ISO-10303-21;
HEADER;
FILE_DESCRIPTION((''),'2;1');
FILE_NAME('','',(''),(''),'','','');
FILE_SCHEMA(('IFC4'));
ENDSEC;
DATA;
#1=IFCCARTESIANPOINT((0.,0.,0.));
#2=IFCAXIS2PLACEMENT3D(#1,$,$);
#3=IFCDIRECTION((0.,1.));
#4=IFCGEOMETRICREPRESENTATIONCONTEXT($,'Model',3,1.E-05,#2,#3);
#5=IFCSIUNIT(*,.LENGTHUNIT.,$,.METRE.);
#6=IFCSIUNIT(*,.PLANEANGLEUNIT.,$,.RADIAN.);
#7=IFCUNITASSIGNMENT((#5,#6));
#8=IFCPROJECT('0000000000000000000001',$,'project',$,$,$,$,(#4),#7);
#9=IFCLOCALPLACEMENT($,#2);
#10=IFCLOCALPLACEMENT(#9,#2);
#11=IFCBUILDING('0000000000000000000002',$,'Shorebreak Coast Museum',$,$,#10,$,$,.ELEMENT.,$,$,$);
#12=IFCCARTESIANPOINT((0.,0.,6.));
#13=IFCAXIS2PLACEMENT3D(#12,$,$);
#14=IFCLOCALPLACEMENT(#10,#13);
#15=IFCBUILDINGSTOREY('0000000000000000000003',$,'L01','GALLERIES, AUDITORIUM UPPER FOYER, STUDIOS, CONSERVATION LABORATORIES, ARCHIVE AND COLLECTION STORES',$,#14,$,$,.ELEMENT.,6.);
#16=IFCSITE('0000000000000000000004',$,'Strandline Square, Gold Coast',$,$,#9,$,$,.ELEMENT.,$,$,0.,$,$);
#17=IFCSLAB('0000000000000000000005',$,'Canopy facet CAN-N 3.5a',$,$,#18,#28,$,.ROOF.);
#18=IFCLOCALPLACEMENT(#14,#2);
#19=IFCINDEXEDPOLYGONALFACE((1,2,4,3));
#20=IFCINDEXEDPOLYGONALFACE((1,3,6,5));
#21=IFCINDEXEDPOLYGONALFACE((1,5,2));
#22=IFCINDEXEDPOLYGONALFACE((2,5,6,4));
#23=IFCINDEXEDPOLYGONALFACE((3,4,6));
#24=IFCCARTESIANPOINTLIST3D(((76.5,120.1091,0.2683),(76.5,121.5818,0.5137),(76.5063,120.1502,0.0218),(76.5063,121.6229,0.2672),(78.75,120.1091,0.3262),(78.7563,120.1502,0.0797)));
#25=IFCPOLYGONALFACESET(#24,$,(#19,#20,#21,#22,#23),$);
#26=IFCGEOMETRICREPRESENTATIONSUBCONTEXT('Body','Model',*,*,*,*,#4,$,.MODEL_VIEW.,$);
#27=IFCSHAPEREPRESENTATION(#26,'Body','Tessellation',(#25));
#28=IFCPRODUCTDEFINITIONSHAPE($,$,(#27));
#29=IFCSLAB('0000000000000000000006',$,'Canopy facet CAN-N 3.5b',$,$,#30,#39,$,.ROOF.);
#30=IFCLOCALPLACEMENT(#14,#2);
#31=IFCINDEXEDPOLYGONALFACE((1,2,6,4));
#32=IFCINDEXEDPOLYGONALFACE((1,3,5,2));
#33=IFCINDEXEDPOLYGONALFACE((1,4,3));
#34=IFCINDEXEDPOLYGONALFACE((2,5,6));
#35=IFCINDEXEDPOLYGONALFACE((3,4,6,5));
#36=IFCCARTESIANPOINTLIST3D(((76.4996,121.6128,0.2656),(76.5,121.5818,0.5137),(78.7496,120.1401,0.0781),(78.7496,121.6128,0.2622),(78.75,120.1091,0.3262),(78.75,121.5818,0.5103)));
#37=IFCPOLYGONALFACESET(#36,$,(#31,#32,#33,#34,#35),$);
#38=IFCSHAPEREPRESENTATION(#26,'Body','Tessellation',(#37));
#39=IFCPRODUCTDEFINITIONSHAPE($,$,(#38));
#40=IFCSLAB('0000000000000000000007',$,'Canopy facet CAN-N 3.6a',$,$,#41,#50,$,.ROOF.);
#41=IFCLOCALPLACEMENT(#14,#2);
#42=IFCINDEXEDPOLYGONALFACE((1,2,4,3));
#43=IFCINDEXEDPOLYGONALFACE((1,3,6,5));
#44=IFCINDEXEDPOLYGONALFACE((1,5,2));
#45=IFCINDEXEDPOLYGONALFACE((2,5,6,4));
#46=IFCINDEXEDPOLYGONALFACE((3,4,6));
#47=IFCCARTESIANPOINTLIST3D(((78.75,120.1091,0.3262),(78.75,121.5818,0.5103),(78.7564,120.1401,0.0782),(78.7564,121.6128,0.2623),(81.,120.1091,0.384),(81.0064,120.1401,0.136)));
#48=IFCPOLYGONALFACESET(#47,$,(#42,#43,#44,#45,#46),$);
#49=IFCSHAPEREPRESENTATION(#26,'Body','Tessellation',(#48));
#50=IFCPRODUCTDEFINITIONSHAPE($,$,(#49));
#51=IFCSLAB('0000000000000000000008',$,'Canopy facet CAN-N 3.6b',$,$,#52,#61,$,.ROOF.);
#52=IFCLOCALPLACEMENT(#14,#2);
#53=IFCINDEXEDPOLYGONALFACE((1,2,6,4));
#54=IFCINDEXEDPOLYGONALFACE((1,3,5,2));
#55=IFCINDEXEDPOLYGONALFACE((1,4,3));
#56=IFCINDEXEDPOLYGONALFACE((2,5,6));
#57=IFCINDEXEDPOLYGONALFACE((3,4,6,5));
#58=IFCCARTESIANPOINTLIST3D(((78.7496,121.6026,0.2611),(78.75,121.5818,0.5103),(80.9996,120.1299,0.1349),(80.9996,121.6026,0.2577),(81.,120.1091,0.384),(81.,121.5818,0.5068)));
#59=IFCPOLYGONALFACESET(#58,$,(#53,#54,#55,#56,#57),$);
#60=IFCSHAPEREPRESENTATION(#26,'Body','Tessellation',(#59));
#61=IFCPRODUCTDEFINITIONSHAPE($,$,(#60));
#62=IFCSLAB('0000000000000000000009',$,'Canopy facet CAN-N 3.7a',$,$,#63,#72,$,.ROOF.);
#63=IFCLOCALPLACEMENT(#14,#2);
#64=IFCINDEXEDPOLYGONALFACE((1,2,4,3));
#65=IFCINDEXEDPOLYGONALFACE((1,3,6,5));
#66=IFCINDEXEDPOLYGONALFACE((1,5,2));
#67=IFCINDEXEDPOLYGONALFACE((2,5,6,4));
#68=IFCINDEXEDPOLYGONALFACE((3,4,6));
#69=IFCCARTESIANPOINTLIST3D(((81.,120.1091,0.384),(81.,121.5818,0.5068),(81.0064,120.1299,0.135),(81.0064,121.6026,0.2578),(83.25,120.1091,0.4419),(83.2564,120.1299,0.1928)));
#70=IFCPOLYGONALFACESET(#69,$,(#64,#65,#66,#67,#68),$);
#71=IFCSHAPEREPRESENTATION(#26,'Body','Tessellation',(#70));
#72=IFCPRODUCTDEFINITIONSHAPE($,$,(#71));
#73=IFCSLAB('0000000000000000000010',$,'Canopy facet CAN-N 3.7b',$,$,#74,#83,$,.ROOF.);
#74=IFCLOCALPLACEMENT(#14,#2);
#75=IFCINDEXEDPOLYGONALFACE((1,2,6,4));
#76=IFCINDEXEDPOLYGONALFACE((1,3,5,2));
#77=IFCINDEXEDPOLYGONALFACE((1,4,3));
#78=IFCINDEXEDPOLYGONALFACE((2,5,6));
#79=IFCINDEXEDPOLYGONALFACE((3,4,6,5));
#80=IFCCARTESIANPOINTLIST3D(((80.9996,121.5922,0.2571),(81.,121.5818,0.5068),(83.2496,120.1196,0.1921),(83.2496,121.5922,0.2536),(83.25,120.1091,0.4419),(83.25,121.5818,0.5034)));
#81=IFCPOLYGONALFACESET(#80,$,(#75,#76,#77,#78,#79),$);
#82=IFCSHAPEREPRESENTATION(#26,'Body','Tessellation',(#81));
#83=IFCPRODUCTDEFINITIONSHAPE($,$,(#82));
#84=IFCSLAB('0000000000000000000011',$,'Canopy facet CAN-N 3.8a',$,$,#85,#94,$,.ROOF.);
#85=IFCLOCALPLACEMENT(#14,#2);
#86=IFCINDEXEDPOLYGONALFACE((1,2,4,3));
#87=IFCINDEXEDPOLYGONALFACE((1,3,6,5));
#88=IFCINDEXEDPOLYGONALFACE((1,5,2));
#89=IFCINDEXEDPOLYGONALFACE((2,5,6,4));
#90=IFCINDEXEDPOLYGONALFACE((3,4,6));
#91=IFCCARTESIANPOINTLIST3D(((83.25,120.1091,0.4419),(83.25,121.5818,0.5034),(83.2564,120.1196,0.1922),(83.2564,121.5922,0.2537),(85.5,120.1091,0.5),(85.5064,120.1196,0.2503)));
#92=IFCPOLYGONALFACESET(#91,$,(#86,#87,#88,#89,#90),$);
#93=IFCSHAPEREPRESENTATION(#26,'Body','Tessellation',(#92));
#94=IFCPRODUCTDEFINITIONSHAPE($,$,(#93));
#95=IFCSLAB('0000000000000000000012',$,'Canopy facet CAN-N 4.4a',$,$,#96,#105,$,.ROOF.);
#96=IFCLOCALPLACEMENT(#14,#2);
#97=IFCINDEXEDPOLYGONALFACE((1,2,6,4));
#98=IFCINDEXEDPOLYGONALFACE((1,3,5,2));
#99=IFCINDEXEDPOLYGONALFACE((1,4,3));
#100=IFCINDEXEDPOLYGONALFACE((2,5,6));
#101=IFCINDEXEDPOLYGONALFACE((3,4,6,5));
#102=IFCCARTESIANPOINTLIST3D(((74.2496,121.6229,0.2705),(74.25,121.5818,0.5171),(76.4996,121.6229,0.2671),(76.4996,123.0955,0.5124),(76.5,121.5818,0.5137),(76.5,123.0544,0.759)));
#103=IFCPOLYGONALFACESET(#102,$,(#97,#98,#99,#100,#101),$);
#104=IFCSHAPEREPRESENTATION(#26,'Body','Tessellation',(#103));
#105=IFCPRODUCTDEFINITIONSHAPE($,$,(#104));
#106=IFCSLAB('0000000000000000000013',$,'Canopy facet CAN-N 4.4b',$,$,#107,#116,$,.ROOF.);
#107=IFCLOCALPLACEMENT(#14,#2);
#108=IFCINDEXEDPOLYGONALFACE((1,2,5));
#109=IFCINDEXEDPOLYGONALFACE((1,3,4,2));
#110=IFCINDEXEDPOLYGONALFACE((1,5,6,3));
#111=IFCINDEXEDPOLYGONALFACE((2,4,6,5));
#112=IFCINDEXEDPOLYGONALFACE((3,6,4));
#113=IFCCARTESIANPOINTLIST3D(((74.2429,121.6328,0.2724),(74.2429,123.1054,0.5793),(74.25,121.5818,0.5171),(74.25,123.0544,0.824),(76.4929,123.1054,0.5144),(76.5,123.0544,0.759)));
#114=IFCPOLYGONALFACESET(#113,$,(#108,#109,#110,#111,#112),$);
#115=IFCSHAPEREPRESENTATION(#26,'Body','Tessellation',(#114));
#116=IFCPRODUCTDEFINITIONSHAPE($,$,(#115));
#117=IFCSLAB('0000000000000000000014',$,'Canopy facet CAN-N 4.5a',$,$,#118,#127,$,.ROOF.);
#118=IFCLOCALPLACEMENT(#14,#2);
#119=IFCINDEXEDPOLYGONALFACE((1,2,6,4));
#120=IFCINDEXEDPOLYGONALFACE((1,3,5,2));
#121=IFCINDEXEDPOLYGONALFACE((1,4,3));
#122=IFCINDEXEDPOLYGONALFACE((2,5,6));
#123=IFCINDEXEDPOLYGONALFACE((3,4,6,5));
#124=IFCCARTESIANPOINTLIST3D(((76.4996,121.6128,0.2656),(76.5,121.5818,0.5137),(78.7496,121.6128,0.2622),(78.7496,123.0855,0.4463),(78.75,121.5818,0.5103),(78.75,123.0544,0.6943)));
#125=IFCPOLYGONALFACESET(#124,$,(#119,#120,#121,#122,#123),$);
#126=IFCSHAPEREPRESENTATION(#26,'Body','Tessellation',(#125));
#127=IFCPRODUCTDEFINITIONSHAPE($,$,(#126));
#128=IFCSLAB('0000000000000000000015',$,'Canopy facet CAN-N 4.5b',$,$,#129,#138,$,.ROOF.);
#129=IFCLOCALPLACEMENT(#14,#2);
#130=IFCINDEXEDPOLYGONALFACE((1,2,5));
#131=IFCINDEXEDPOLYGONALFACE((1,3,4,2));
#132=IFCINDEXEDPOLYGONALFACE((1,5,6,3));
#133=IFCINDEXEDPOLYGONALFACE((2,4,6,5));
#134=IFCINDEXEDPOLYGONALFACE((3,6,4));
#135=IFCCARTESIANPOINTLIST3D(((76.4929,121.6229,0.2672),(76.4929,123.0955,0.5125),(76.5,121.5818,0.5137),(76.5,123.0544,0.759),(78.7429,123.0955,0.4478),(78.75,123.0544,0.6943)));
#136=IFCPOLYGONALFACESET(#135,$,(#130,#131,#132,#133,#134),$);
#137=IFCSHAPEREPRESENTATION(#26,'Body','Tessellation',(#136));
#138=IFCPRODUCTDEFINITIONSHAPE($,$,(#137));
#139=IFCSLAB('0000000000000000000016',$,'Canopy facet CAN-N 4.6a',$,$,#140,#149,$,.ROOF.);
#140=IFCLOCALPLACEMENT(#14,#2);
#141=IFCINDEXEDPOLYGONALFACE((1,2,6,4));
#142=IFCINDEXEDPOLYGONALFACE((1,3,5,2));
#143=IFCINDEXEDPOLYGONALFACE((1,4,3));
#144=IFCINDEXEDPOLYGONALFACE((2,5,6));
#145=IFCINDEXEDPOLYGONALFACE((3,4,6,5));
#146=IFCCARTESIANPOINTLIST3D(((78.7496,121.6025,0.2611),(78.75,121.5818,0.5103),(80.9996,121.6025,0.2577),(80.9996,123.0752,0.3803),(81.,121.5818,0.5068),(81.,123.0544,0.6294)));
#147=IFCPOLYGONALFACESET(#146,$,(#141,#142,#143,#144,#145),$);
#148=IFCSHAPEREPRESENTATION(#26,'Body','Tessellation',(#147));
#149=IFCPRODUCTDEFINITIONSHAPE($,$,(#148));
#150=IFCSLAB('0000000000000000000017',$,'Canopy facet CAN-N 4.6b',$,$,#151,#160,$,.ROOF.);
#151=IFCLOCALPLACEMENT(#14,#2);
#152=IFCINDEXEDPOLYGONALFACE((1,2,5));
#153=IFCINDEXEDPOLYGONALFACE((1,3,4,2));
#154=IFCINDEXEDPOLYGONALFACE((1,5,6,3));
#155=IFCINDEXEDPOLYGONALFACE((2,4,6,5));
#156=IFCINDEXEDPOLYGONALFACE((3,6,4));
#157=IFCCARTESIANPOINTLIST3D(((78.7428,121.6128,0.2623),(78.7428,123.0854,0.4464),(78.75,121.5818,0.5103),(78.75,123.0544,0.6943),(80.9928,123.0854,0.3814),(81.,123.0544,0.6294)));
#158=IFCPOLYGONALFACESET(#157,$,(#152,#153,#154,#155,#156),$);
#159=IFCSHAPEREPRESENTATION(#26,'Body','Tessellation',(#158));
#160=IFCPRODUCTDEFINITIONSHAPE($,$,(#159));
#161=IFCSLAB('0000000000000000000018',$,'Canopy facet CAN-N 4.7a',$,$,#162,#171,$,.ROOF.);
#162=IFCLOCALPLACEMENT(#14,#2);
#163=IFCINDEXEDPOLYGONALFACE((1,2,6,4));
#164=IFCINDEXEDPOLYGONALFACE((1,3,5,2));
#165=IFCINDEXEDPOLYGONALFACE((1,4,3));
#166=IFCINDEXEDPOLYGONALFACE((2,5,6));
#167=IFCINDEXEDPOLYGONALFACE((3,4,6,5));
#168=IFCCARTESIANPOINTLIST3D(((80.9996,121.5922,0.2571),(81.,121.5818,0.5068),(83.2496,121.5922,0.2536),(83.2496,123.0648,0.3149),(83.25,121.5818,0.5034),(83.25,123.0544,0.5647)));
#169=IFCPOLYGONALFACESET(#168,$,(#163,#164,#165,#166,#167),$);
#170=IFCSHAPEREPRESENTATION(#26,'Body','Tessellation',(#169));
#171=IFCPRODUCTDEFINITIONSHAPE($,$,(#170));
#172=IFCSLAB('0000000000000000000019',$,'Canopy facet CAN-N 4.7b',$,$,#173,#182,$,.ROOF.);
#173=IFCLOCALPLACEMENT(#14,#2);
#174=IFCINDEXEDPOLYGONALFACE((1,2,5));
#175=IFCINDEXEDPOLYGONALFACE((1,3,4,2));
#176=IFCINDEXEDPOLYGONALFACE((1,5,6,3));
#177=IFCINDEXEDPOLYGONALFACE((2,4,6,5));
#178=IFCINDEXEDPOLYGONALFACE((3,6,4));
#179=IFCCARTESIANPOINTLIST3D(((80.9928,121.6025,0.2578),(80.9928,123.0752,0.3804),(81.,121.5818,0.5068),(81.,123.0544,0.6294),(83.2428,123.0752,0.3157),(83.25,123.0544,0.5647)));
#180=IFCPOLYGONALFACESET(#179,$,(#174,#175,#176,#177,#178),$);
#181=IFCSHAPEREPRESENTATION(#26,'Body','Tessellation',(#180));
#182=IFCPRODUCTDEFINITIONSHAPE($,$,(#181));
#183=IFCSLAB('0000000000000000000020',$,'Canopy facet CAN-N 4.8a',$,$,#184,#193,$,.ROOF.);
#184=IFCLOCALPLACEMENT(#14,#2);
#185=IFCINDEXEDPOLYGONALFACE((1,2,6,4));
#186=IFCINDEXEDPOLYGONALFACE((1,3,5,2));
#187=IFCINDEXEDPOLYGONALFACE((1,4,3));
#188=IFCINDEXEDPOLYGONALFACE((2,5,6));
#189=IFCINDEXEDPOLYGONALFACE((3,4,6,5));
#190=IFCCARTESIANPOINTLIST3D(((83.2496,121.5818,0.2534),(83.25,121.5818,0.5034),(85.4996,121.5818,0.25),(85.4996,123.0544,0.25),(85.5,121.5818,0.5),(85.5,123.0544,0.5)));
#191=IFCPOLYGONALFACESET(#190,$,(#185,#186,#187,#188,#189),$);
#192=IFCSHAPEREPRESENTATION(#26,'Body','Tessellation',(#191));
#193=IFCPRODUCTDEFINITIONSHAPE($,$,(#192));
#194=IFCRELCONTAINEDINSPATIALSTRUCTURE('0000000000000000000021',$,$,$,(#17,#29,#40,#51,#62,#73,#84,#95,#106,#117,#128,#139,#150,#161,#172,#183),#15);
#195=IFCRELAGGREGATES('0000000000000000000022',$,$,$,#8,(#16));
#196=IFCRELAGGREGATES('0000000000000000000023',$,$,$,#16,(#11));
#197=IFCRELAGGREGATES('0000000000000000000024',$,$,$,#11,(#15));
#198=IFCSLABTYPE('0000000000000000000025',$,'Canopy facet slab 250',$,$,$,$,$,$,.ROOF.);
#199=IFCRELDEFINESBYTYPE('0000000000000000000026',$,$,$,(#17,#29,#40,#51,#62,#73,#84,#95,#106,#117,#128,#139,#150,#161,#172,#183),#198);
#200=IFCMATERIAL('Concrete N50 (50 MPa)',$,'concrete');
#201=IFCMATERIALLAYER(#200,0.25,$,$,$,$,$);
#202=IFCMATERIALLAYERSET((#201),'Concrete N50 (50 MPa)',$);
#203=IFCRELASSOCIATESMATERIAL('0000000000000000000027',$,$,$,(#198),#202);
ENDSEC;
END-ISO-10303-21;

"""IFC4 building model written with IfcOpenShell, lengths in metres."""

from ifc_helpers import new_model, si_unit, direction, frame, origin, place, context, subcontext, project, spatial, polyline, outline, extrude, material, layer, layer_set, type_object, element, save


model = new_model("IFC4")

# Units and contexts
model_context = context("Model", 3, precision=1e-05, world=origin(), true_north=direction((0.0, 1.0)))
body_context = subcontext(model_context, "Body", "Model", "MODEL_VIEW")
ifc_project = project(units=[si_unit("LENGTHUNIT", "METRE"), si_unit("PLANEANGLEUNIT", "RADIAN")], contexts=[model_context])

# Site, building, storey
site_placement = place(None, origin())
site = spatial("IfcSite", under=ifc_project, at=site_placement, Name="Strandline Square, Gold Coast", CompositionType="ELEMENT", RefElevation=0.0)
building_placement = place(site_placement, origin())
building = spatial("IfcBuilding", under=site, at=building_placement, Name="Shorebreak Coast Museum", CompositionType="ELEMENT")
storey_placement = place(building_placement, frame((0.0, 0.0, 6.0)))
storey = spatial("IfcBuildingStorey", under=building, at=storey_placement, Name="L01", Description="GALLERIES, AUDITORIUM UPPER FOYER, STUDIOS, CONSERVATION LABORATORIES, ARCHIVE AND COLLECTION STORES", CompositionType="ELEMENT", Elevation=6.0)

# Slabs
ifc_material = material(Name="Concrete N50 (50 MPa)", Category="concrete")
ifc_layer = layer(ifc_material, 0.25)
ifc_layer_set = layer_set([ifc_layer], Name="Concrete N50 (50 MPa)")
slab_type = type_object("IfcSlabType", Name="Canopy facet slab 250", PredefinedType="ROOF", material=ifc_layer_set)
slab_1_placement = place(storey_placement, frame((76.5, 120.1091, 0.2683), z_axis=(-0.025358, -0.164293, 0.986086), x_axis=(0.99967, 0.0, 0.025708)))
element("IfcSlab", 1, at=slab_1_placement, inside=storey, type_object=slab_type, Name="Canopy facet CAN-N 3.5a", PredefinedType="ROOF", context=body_context, shape_type="SweptSolid", body=[
    extrude(outline(polyline([(0.0, 0.0), (2.2507, 0.0), (0.0063, 1.4929), (0.0, 0.0)])), origin(), (0.0, 0.0, -1.0), 0.25),
])
slab_2_placement = place(storey_placement, frame((78.75, 120.1091, 0.3262), z_axis=(0.001507, -0.124035, 0.992277), x_axis=(0.0, 0.992278, 0.124035)))
element("IfcSlab", 2, at=slab_2_placement, inside=storey, type_object=slab_type, Name="Canopy facet CAN-N 3.5b", PredefinedType="ROOF", context=body_context, shape_type="SweptSolid", body=[
    extrude(outline(polyline([(0.0, 0.0), (1.4841, 0.0), (1.4845, 2.25), (0.0, 0.0)])), origin(), (0.0, 0.0, -1.0), 0.25),
])
slab_3_placement = place(storey_placement, frame((78.75, 120.1091, 0.3262), z_axis=(-0.025509, -0.123994, 0.991955), x_axis=(0.99967, 0.0, 0.025708)))
element("IfcSlab", 3, at=slab_3_placement, inside=storey, type_object=slab_type, Name="Canopy facet CAN-N 3.6a", PredefinedType="ROOF", context=body_context, shape_type="SweptSolid", body=[
    extrude(outline(polyline([(0.0, 0.0), (2.2507, 0.0), (0.0047, 1.4841), (0.0, 0.0)])), origin(), (0.0, 0.0, -1.0), 0.25),
])
slab_4_placement = place(storey_placement, frame((81.0, 120.1091, 0.384), z_axis=(0.001514, -0.0831, 0.99654), x_axis=(0.0, 0.996541, 0.0831)))
element("IfcSlab", 4, at=slab_4_placement, inside=storey, type_object=slab_type, Name="Canopy facet CAN-N 3.6b", PredefinedType="ROOF", context=body_context, shape_type="SweptSolid", body=[
    extrude(outline(polyline([(0.0, 0.0), (1.4778, 0.0), (1.4781, 2.25), (0.0, 0.0)])), origin(), (0.0, 0.0, -1.0), 0.25),
])
slab_5_placement = place(storey_placement, frame((81.0, 120.1091, 0.384), z_axis=(-0.025619, -0.083073, 0.996214), x_axis=(0.99967, 0.0, 0.025708)))
element("IfcSlab", 5, at=slab_5_placement, inside=storey, type_object=slab_type, Name="Canopy facet CAN-N 3.7a", PredefinedType="ROOF", context=body_context, shape_type="SweptSolid", body=[
    extrude(outline(polyline([(0.0, 0.0), (2.2507, 0.0), (0.0032, 1.4778), (0.0, 0.0)])), origin(), (0.0, 0.0, -1.0), 0.25),
])
slab_6_placement = place(storey_placement, frame((83.25, 120.1091, 0.4419), z_axis=(0.001518, -0.041741, 0.999127), x_axis=(0.0, 0.999128, 0.041741)))
element("IfcSlab", 6, at=slab_6_placement, inside=storey, type_object=slab_type, Name="Canopy facet CAN-N 3.7b", PredefinedType="ROOF", context=body_context, shape_type="SweptSolid", body=[
    extrude(outline(polyline([(0.0, 0.0), (1.4739, 0.0), (1.4741, 2.25), (0.0, 0.0)])), origin(), (0.0, 0.0, -1.0), 0.25),
])
slab_7_placement = place(storey_placement, frame((83.25, 120.1091, 0.4419), z_axis=(-0.025794, -0.041727, 0.998796), x_axis=(0.999667, 0.0, 0.025816)))
element("IfcSlab", 7, at=slab_7_placement, inside=storey, type_object=slab_type, Name="Canopy facet CAN-N 3.8a", PredefinedType="ROOF", context=body_context, shape_type="SweptSolid", body=[
    extrude(outline(polyline([(0.0, 0.0), (2.2508, 0.0), (0.0016, 1.4739), (0.0, 0.0)])), origin(), (0.0, 0.0, -1.0), 0.25),
])
slab_8_placement = place(storey_placement, frame((74.25, 121.5818, 0.5171), z_axis=(0.001498, -0.164346, 0.986402), x_axis=(0.999999, 0.0, -0.001519)))
element("IfcSlab", 8, at=slab_8_placement, inside=storey, type_object=slab_type, Name="Canopy facet CAN-N 4.4a", PredefinedType="ROOF", context=body_context, shape_type="SweptSolid", body=[
    extrude(outline(polyline([(0.0, 0.0), (2.25, 0.0), (2.2496, 1.493), (0.0, 0.0)])), origin(), (0.0, 0.0, -1.0), 0.25),
])
slab_9_placement = place(storey_placement, frame((74.25, 121.5818, 0.5171), z_axis=(0.028245, -0.203925, 0.978579), x_axis=(0.833347, 0.545437, 0.08961)))
element("IfcSlab", 9, at=slab_9_placement, inside=storey, type_object=slab_type, Name="Canopy facet CAN-N 4.4b", PredefinedType="ROOF", context=body_context, shape_type="SweptSolid", body=[
    extrude(outline(polyline([(0.0, 0.0), (2.7, 0.0), (0.8307, 1.2541), (0.0, 0.0)])), origin(), (0.0, 0.0, -1.0), 0.25),
])
slab_10_placement = place(storey_placement, frame((76.5, 121.5818, 0.5137), z_axis=(0.001507, -0.124035, 0.992277), x_axis=(0.999999, 0.0, -0.001519)))
element("IfcSlab", 10, at=slab_10_placement, inside=storey, type_object=slab_type, Name="Canopy facet CAN-N 4.5a", PredefinedType="ROOF", context=body_context, shape_type="SweptSolid", body=[
    extrude(outline(polyline([(0.0, 0.0), (2.25, 0.0), (2.2497, 1.4841), (0.0, 0.0)])), origin(), (0.0, 0.0, -1.0), 0.25),
])
slab_11_placement = place(storey_placement, frame((76.5, 121.5818, 0.5137), z_axis=(0.028352, -0.16428, 0.986006), x_axis=(0.834832, 0.546409, 0.067033)))
element("IfcSlab", 11, at=slab_11_placement, inside=storey, type_object=slab_type, Name="Canopy facet CAN-N 4.5b", PredefinedType="ROOF", context=body_context, shape_type="SweptSolid", body=[
    extrude(outline(polyline([(0.0, 0.0), (2.6952, 0.0), (0.8211, 1.2469), (0.0, 0.0)])), origin(), (0.0, 0.0, -1.0), 0.25),
])
slab_12_placement = place(storey_placement, frame((78.75, 121.5818, 0.5103), z_axis=(0.001514, -0.082936, 0.996554), x_axis=(0.999999, 0.0, -0.001519)))
element("IfcSlab", 12, at=slab_12_placement, inside=storey, type_object=slab_type, Name="Canopy facet CAN-N 4.6a", PredefinedType="ROOF", context=body_context, shape_type="SweptSolid", body=[
    extrude(outline(polyline([(0.0, 0.0), (2.25, 0.0), (2.2498, 1.4777), (0.0, 0.0)])), origin(), (0.0, 0.0, -1.0), 0.25),
])
slab_13_placement = place(storey_placement, frame((78.75, 121.5818, 0.5103), z_axis=(0.028628, -0.123984, 0.991871), x_axis=(0.835894, 0.547104, 0.044262)))
element("IfcSlab", 13, at=slab_13_placement, inside=storey, type_object=slab_type, Name="Canopy facet CAN-N 4.6b", PredefinedType="ROOF", context=body_context, shape_type="SweptSolid", body=[
    extrude(outline(polyline([(0.0, 0.0), (2.6917, 0.0), (0.8138, 1.2411), (0.0, 0.0)])), origin(), (0.0, 0.0, -1.0), 0.25),
])
slab_14_placement = place(storey_placement, frame((81.0, 121.5818, 0.5068), z_axis=(0.001518, -0.041575, 0.999134), x_axis=(0.999999, 0.0, -0.001519)))
element("IfcSlab", 14, at=slab_14_placement, inside=storey, type_object=slab_type, Name="Canopy facet CAN-N 4.7a", PredefinedType="ROOF", context=body_context, shape_type="SweptSolid", body=[
    extrude(outline(polyline([(0.0, 0.0), (2.25, 0.0), (2.2499, 1.4739), (0.0, 0.0)])), origin(), (0.0, 0.0, -1.0), 0.25),
])
slab_15_placement = place(storey_placement, frame((81.0, 121.5818, 0.5068), z_axis=(0.028644, -0.082902, 0.996146), x_axis=(0.83652, 0.547514, 0.021512)))
element("IfcSlab", 15, at=slab_15_placement, inside=storey, type_object=slab_type, Name="Canopy facet CAN-N 4.7b", PredefinedType="ROOF", context=body_context, shape_type="SweptSolid", body=[
    extrude(outline(polyline([(0.0, 0.0), (2.6897, 0.0), (0.8089, 1.2367), (0.0, 0.0)])), origin(), (0.0, 0.0, -1.0), 0.25),
])
slab_16_placement = place(storey_placement, frame((83.25, 121.5818, 0.5034), z_axis=(0.001519, 0.0, 0.999999), x_axis=(0.999999, 0.0, -0.001519)))
element("IfcSlab", 16, at=slab_16_placement, inside=storey, type_object=slab_type, Name="Canopy facet CAN-N 4.8a", PredefinedType="ROOF", context=body_context, shape_type="SweptSolid", body=[
    extrude(outline(polyline([(0.0, 0.0), (2.25, 0.0), (2.25, 1.4727), (0.0, 0.0)])), origin(), (0.0, 0.0, -1.0), 0.25),
])

save(model, "model.ifc")
